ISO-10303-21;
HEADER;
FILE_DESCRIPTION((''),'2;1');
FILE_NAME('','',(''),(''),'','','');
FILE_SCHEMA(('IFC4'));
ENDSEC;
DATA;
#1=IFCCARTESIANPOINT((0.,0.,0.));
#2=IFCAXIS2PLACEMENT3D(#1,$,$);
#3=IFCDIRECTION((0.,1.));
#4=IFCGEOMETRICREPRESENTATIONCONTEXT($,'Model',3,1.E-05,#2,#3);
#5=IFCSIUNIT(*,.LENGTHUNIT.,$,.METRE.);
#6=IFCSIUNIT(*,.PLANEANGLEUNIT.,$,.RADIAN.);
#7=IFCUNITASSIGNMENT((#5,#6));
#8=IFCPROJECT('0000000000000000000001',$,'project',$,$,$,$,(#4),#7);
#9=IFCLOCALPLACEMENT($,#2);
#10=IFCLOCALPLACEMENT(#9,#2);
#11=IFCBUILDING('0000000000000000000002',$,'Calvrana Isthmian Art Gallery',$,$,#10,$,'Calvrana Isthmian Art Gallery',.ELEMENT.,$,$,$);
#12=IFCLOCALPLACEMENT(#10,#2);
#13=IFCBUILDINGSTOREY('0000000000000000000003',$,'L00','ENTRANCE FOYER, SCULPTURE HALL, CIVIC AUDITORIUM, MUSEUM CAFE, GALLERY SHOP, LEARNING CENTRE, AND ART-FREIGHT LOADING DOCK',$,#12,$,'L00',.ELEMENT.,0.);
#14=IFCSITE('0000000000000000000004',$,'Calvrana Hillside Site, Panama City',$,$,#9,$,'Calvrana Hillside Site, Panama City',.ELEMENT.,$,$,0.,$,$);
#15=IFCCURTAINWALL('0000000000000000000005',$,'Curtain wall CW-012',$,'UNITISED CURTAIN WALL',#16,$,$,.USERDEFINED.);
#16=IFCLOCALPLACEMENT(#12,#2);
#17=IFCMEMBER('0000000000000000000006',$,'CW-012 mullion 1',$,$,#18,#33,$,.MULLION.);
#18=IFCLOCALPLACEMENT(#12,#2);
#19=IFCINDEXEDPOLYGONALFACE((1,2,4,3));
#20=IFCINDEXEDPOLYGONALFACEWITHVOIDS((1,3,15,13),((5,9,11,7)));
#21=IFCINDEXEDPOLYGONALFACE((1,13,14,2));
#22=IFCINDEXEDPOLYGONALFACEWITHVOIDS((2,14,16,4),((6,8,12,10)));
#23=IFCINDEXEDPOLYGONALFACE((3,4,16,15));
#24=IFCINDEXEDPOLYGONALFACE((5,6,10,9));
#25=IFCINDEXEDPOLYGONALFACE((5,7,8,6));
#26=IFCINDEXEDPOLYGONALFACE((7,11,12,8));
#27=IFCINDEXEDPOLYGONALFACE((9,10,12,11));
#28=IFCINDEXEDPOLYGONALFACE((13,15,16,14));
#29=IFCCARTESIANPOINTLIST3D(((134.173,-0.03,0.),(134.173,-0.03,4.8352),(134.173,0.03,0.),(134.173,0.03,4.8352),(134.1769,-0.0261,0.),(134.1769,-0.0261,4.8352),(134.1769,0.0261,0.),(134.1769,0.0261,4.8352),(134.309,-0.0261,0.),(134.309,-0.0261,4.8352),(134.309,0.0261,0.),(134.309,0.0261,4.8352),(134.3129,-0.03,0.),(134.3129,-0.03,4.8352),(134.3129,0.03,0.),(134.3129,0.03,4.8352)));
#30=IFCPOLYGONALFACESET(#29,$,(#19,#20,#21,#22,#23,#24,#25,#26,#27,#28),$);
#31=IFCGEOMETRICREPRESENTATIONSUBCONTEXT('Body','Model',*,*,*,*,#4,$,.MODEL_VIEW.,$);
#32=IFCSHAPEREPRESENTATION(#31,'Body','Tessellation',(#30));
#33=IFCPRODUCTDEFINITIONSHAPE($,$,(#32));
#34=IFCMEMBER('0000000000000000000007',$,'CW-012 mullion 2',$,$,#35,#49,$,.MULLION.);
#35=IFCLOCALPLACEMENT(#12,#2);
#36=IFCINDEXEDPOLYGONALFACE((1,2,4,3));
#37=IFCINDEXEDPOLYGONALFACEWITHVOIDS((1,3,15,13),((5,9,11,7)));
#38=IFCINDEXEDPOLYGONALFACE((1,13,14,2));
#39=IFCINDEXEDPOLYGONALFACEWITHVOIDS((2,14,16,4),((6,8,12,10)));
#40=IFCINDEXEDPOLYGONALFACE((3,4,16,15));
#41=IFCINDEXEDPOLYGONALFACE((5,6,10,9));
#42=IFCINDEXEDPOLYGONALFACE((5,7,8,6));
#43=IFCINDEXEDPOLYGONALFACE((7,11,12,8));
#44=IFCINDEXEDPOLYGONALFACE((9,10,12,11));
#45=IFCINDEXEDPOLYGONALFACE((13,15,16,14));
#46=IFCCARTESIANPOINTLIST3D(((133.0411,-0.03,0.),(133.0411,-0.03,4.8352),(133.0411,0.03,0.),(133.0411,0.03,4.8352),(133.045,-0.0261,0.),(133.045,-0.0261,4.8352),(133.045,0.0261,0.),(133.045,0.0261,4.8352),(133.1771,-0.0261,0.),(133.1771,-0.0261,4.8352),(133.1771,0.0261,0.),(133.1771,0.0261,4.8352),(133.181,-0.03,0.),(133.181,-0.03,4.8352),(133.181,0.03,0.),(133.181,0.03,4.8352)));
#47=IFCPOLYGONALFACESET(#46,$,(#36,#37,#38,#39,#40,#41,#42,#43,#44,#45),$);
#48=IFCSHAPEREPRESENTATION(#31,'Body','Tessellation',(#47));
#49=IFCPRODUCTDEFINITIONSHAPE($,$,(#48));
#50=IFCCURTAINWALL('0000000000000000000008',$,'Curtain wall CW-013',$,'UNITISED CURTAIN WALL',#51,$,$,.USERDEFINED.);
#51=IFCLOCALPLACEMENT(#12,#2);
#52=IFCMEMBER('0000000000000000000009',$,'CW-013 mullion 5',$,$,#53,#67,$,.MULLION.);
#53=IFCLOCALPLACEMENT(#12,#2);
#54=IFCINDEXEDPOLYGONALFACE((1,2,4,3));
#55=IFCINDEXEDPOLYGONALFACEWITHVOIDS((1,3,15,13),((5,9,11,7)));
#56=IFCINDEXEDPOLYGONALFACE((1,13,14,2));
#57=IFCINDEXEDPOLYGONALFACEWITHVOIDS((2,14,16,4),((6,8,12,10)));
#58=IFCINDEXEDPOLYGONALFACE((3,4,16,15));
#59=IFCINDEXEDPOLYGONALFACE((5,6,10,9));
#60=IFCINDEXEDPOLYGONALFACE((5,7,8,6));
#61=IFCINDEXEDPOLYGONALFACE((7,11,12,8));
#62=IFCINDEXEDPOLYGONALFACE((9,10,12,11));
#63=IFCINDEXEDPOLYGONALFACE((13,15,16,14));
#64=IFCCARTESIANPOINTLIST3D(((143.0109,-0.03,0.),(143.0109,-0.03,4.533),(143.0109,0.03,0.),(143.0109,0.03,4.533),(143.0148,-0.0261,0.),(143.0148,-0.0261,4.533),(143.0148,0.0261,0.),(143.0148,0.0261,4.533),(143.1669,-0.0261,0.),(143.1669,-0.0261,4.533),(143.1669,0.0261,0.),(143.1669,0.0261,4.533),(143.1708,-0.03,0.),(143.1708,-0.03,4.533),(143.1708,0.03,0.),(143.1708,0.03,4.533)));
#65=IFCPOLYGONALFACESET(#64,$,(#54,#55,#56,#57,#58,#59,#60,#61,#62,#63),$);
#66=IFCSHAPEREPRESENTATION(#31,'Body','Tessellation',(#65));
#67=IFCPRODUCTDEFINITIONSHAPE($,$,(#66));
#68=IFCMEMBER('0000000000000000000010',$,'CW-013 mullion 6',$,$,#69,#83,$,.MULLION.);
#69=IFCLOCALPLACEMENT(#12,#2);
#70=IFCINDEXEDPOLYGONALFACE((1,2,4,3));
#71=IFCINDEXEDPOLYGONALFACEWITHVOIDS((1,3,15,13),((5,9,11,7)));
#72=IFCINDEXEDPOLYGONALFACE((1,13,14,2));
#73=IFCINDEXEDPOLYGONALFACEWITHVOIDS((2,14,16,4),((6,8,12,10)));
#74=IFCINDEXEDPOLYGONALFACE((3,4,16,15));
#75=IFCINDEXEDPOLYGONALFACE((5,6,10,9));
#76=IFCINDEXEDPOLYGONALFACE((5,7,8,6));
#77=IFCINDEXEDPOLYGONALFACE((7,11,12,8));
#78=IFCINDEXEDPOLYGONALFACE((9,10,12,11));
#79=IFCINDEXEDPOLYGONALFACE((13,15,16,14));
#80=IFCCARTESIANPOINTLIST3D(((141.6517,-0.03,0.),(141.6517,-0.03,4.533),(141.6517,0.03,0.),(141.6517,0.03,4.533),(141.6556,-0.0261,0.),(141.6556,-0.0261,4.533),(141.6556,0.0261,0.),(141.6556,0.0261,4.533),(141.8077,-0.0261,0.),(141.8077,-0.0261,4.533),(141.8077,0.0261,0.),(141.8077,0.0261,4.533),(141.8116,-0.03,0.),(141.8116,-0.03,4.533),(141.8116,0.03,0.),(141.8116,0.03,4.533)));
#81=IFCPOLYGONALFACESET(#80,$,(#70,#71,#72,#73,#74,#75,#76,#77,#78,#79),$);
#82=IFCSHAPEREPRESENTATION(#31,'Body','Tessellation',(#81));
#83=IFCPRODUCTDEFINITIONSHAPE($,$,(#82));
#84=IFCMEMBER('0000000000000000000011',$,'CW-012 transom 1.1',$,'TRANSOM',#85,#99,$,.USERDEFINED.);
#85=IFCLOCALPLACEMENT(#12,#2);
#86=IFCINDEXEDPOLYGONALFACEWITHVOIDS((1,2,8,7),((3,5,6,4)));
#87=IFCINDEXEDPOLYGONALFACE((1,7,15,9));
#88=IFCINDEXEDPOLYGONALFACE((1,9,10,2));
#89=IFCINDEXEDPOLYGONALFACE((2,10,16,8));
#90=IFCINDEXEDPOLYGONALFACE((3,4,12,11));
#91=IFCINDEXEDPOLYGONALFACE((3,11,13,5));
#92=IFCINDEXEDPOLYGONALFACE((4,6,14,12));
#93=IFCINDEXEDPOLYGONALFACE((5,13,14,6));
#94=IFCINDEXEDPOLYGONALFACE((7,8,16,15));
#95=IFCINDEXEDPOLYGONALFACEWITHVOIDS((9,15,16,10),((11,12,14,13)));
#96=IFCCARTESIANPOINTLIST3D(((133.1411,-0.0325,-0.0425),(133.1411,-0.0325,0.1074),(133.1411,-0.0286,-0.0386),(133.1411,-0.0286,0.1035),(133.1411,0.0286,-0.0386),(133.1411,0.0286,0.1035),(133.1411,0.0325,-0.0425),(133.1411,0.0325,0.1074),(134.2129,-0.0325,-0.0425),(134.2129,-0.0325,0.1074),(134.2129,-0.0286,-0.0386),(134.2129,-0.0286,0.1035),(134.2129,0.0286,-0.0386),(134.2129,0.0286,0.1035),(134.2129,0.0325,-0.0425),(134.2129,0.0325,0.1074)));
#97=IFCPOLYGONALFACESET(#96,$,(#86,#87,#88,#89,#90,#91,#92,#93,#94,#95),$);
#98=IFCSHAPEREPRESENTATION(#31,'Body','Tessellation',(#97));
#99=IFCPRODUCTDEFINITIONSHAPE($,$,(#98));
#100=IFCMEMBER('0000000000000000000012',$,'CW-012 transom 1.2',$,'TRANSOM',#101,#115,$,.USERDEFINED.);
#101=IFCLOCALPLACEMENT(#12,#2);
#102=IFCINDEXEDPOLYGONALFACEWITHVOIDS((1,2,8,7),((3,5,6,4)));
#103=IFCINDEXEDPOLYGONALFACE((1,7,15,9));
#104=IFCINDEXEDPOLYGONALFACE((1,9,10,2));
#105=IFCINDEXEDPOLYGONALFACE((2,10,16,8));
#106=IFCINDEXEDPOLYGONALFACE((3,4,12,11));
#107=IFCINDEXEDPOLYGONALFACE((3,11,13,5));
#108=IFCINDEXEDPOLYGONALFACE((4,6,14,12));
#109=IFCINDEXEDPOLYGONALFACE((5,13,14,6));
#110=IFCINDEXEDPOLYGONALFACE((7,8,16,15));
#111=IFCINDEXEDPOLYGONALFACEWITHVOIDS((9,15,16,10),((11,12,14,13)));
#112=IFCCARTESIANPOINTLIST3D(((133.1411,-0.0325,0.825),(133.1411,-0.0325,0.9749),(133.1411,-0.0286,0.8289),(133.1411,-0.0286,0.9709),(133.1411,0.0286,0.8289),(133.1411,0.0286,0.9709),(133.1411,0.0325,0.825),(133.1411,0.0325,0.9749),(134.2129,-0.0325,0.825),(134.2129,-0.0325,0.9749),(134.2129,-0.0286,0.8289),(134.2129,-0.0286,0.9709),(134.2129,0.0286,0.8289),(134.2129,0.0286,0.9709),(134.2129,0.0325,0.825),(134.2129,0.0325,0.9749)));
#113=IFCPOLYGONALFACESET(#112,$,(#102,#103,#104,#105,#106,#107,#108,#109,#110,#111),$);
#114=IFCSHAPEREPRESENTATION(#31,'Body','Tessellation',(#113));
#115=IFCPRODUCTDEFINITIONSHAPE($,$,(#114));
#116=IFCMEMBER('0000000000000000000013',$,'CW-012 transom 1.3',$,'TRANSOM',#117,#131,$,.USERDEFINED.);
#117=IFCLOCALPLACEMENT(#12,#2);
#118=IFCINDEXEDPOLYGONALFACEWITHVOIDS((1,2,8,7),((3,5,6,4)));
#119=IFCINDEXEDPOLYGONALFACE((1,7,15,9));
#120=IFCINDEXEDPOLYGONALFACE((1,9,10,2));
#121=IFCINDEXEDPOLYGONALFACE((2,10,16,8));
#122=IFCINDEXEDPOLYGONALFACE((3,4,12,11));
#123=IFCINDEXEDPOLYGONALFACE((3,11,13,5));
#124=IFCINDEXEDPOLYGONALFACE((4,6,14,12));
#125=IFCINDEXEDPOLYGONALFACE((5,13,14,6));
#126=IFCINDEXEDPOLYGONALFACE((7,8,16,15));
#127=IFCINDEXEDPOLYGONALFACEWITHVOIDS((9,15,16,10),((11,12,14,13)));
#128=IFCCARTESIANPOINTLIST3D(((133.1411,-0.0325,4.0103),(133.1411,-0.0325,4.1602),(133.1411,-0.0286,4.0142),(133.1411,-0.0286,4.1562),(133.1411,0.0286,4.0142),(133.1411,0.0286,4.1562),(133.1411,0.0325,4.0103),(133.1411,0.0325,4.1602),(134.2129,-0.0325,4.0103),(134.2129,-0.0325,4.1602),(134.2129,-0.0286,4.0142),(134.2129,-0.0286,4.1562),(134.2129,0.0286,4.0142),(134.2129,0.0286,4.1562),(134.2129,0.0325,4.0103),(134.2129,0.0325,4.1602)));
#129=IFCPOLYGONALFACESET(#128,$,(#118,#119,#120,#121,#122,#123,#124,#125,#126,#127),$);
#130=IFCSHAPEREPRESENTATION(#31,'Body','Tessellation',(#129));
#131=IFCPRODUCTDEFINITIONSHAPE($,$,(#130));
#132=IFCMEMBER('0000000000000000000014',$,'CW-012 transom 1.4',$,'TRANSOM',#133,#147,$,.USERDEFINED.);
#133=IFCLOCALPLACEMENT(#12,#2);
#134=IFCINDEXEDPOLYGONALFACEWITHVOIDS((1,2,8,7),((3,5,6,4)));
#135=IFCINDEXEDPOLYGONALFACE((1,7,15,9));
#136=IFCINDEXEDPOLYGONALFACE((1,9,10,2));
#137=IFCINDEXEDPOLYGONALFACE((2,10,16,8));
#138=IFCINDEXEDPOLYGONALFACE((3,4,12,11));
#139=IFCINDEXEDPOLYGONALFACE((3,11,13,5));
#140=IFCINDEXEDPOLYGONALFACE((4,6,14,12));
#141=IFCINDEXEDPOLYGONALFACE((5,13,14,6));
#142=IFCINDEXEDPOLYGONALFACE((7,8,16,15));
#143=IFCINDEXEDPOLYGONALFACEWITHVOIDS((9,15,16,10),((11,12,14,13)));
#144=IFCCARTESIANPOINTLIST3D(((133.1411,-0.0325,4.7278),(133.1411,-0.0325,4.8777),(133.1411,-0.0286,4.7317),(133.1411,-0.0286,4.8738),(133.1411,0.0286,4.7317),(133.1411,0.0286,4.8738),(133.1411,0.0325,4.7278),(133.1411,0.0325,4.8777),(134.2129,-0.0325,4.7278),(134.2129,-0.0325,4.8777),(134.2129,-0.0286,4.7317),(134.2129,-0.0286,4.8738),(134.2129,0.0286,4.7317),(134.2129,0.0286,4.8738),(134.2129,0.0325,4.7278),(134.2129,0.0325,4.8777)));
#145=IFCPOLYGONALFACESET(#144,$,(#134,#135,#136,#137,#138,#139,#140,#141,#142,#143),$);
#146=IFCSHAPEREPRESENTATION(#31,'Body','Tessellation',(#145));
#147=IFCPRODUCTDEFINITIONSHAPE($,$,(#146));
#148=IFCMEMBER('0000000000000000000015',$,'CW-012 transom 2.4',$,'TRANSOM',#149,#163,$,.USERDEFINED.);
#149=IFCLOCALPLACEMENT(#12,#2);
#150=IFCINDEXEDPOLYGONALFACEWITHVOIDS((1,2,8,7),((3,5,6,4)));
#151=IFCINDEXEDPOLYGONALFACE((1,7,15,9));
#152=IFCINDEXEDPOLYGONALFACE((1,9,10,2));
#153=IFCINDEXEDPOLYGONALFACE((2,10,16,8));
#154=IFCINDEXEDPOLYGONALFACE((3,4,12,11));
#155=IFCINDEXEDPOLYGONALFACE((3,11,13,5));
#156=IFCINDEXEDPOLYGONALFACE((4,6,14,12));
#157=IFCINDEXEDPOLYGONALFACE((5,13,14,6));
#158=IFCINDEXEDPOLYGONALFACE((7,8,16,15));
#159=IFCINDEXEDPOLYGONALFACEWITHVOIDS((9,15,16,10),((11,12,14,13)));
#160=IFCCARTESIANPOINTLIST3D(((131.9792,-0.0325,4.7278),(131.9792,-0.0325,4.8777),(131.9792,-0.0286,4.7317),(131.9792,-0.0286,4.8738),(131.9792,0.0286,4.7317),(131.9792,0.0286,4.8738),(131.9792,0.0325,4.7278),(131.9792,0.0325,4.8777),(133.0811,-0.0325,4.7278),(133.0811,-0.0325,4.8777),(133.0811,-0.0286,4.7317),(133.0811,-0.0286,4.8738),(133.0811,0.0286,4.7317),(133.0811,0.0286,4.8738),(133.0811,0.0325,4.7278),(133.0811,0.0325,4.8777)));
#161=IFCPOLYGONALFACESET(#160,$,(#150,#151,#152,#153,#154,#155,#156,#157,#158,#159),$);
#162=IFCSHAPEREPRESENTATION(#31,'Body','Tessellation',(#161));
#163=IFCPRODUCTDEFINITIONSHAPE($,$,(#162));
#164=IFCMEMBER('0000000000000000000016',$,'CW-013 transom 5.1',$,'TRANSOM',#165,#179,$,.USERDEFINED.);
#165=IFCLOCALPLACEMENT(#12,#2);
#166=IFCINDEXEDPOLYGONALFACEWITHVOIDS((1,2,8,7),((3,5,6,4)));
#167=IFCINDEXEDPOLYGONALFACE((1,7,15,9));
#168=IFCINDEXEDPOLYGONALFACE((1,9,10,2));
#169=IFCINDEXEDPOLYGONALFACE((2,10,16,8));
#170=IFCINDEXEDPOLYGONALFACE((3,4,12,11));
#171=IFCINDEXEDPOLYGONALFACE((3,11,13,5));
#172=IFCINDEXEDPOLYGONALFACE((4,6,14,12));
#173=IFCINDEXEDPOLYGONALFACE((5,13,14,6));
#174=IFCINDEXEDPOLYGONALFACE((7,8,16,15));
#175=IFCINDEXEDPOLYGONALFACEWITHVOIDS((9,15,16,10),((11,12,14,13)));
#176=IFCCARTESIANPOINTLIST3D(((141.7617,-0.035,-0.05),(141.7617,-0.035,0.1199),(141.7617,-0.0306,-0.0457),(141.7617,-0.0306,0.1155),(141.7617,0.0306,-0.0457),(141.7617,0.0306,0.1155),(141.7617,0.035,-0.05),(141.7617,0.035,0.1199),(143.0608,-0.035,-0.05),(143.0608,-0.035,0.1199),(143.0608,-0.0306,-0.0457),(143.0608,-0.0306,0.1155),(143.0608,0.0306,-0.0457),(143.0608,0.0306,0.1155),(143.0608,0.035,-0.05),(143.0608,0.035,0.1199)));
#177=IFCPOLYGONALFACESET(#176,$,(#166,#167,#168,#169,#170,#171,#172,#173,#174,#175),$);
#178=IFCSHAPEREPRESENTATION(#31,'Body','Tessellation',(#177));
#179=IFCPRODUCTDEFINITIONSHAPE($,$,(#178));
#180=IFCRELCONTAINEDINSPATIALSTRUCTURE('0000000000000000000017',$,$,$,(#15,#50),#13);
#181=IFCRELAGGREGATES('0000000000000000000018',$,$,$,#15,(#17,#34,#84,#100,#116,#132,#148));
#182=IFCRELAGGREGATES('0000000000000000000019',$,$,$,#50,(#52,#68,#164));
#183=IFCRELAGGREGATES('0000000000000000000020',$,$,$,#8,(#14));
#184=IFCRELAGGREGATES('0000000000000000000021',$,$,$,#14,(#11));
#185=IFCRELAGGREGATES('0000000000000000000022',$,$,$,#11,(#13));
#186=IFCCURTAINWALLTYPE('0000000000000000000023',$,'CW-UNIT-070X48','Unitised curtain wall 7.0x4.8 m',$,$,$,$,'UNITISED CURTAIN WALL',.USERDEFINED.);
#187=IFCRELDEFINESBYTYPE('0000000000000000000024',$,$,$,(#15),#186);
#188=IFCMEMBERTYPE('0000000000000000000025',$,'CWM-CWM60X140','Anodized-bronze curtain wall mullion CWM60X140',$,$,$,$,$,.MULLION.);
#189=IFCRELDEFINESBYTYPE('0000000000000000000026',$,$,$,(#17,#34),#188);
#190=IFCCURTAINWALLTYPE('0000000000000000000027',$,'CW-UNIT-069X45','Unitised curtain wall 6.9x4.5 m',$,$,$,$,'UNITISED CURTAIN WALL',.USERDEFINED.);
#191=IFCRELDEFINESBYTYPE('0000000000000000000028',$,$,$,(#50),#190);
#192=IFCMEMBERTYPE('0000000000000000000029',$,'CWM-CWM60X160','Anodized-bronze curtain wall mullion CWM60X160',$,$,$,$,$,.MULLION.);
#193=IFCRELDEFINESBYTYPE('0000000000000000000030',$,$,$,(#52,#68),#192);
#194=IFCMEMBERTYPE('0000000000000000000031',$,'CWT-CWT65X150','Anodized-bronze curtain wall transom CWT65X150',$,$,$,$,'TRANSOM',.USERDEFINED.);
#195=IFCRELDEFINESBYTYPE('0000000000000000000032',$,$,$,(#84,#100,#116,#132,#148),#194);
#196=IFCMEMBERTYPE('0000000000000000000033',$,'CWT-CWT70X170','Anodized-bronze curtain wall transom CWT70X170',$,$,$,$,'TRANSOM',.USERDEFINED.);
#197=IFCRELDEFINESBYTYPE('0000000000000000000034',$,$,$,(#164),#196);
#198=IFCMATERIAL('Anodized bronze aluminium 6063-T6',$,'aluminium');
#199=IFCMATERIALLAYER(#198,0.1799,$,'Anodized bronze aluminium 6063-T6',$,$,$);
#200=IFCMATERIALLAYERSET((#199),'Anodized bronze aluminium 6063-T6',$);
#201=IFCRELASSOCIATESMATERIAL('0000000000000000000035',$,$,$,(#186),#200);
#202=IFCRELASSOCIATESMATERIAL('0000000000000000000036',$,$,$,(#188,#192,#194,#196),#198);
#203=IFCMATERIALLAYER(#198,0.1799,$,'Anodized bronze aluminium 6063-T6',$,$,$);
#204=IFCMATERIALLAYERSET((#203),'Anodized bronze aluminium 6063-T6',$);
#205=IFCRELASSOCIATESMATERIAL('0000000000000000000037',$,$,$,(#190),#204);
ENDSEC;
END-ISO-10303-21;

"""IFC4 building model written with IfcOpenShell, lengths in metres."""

from ifc_helpers import new_model, si_unit, direction, frame, origin, origin_2d, place, context, subcontext, project, spatial, hollow_rectangle, extrude, material, layer, layer_set, material_profile, profile_set, type_object, element, aggregate, save


model = new_model("IFC4")

# Units and contexts
model_context = context("Model", 3, precision=1e-05, world=origin(), true_north=direction((0.0, 1.0)))
body_context = subcontext(model_context, "Body", "Model", "MODEL_VIEW")
ifc_project = project(units=[si_unit("LENGTHUNIT", "METRE"), si_unit("PLANEANGLEUNIT", "RADIAN")], contexts=[model_context])

# Site, building, storey
site_placement = place(None, origin())
site = spatial("IfcSite", under=ifc_project, at=site_placement, Name="Calvrana Hillside Site, Panama City", LongName="Calvrana Hillside Site, Panama City", CompositionType="ELEMENT", RefElevation=0.0)
building_placement = place(site_placement, origin())
building = spatial("IfcBuilding", under=site, at=building_placement, Name="Calvrana Isthmian Art Gallery", LongName="Calvrana Isthmian Art Gallery", CompositionType="ELEMENT")
storey_placement = place(building_placement, origin())
storey = spatial("IfcBuildingStorey", under=building, at=storey_placement, Name="L00", Description="ENTRANCE FOYER, SCULPTURE HALL, CIVIC AUDITORIUM, MUSEUM CAFE, GALLERY SHOP, LEARNING CENTRE, AND ART-FREIGHT LOADING DOCK", LongName="L00", CompositionType="ELEMENT", Elevation=0.0)

# Curtain walls, members
ifc_material_1 = material(Name="Anodized bronze aluminium 6063-T6", Category="aluminium")
ifc_layer_1 = layer(ifc_material_1, 0.1799, Name="Anodized bronze aluminium 6063-T6")
ifc_layer_set_1 = layer_set([ifc_layer_1], Name="Anodized bronze aluminium 6063-T6")
curtain_wall_type_1 = type_object("IfcCurtainWallType", Name="CW-UNIT-070X48", Description="Unitised curtain wall 7.0x4.8 m", ElementType="UNITISED CURTAIN WALL", PredefinedType="USERDEFINED", material=ifc_layer_set_1)
curtain_wall_1_placement = place(storey_placement, origin())
curtain_wall_1 = element("IfcCurtainWall", 1, at=curtain_wall_1_placement, inside=storey, type_object=curtain_wall_type_1, Name="Curtain wall CW-012", ObjectType="UNITISED CURTAIN WALL", PredefinedType="USERDEFINED")
ifc_material_profile_1 = material_profile(ifc_material_1, hollow_rectangle(XDim=0.0601, YDim=0.1399, WallThickness=0.0039, at=origin_2d()), Name="CWM60X140")
ifc_profile_set_1 = profile_set([ifc_material_profile_1], Name="Anodized bronze aluminium 6063-T6")
member_type_1 = type_object("IfcMemberType", Name="CWM-CWM60X140", Description="Anodized-bronze curtain wall mullion CWM60X140", PredefinedType="MULLION", material=ifc_profile_set_1)
member_1_placement = place(storey_placement, frame((134.2429, 0.0, 0.0), z_axis=(0.0, 0.0, 1.0), x_axis=(0.0, -1.0, 0.0)))
member_1 = element("IfcMember", 2, at=member_1_placement, type_object=member_type_1, Name="CW-012 mullion 1", PredefinedType="MULLION", context=body_context, shape_type="SweptSolid", body=[
    extrude(hollow_rectangle(XDim=0.0601, YDim=0.1399, WallThickness=0.0039, at=origin_2d()), origin(), (0.0, 0.0, 1.0), 4.8352),
])
member_2_placement = place(storey_placement, frame((133.1111, 0.0, 0.0), z_axis=(0.0, 0.0, 1.0), x_axis=(0.0, -1.0, 0.0)))
member_2 = element("IfcMember", 3, at=member_2_placement, type_object=member_type_1, Name="CW-012 mullion 2", PredefinedType="MULLION", context=body_context, shape_type="SweptSolid", body=[
    extrude(hollow_rectangle(XDim=0.0601, YDim=0.1399, WallThickness=0.0039, at=origin_2d()), origin(), (0.0, 0.0, 1.0), 4.8352),
])
ifc_layer_2 = layer(ifc_material_1, 0.1799, Name="Anodized bronze aluminium 6063-T6")
ifc_layer_set_2 = layer_set([ifc_layer_2], Name="Anodized bronze aluminium 6063-T6")
curtain_wall_type_2 = type_object("IfcCurtainWallType", Name="CW-UNIT-069X45", Description="Unitised curtain wall 6.9x4.5 m", ElementType="UNITISED CURTAIN WALL", PredefinedType="USERDEFINED", material=ifc_layer_set_2)
curtain_wall_2_placement = place(storey_placement, origin())
curtain_wall_2 = element("IfcCurtainWall", 4, at=curtain_wall_2_placement, inside=storey, type_object=curtain_wall_type_2, Name="Curtain wall CW-013", ObjectType="UNITISED CURTAIN WALL", PredefinedType="USERDEFINED")
ifc_material_profile_2 = material_profile(ifc_material_1, hollow_rectangle(XDim=0.0601, YDim=0.1599, WallThickness=0.0039, at=origin_2d()), Name="CWM60X160")
ifc_profile_set_2 = profile_set([ifc_material_profile_2], Name="Anodized bronze aluminium 6063-T6")
member_type_2 = type_object("IfcMemberType", Name="CWM-CWM60X160", Description="Anodized-bronze curtain wall mullion CWM60X160", PredefinedType="MULLION", material=ifc_profile_set_2)
member_3_placement = place(storey_placement, frame((143.0908, 0.0, 0.0), z_axis=(0.0, 0.0, 1.0), x_axis=(0.0, -1.0, 0.0)))
member_3 = element("IfcMember", 5, at=member_3_placement, type_object=member_type_2, Name="CW-013 mullion 5", PredefinedType="MULLION", context=body_context, shape_type="SweptSolid", body=[
    extrude(hollow_rectangle(XDim=0.0601, YDim=0.1599, WallThickness=0.0039, at=origin_2d()), origin(), (0.0, 0.0, 1.0), 4.533),
])
member_4_placement = place(storey_placement, frame((141.7317, 0.0, 0.0), z_axis=(0.0, 0.0, 1.0), x_axis=(0.0, -1.0, 0.0)))
member_4 = element("IfcMember", 6, at=member_4_placement, type_object=member_type_2, Name="CW-013 mullion 6", PredefinedType="MULLION", context=body_context, shape_type="SweptSolid", body=[
    extrude(hollow_rectangle(XDim=0.0601, YDim=0.1599, WallThickness=0.0039, at=origin_2d()), origin(), (0.0, 0.0, 1.0), 4.533),
])

# Members
ifc_material_profile_3 = material_profile(ifc_material_1, hollow_rectangle(XDim=0.0649, YDim=0.1499, WallThickness=0.0039, at=origin_2d()), Name="CWT65X150")
ifc_profile_set_3 = profile_set([ifc_material_profile_3], Name="Anodized bronze aluminium 6063-T6")
member_type_3 = type_object("IfcMemberType", Name="CWT-CWT65X150", Description="Anodized-bronze curtain wall transom CWT65X150", ElementType="TRANSOM", PredefinedType="USERDEFINED", material=ifc_profile_set_3)
member_5_placement = place(storey_placement, frame((134.2129, 0.0, 0.0325), z_axis=(-1.0, 0.0, 0.0), x_axis=(0.0, -1.0, 0.0)))
member_5 = element("IfcMember", 7, at=member_5_placement, type_object=member_type_3, Name="CW-012 transom 1.1", ObjectType="TRANSOM", PredefinedType="USERDEFINED", context=body_context, shape_type="SweptSolid", body=[
    extrude(hollow_rectangle(XDim=0.0649, YDim=0.1499, WallThickness=0.0039, at=origin_2d()), origin(), (0.0, 0.0, 1.0), 1.0718),
])
member_6_placement = place(storey_placement, frame((134.2129, 0.0, 0.8999), z_axis=(-1.0, 0.0, 0.0), x_axis=(0.0, -1.0, 0.0)))
member_6 = element("IfcMember", 8, at=member_6_placement, type_object=member_type_3, Name="CW-012 transom 1.2", ObjectType="TRANSOM", PredefinedType="USERDEFINED", context=body_context, shape_type="SweptSolid", body=[
    extrude(hollow_rectangle(XDim=0.0649, YDim=0.1499, WallThickness=0.0039, at=origin_2d()), origin(), (0.0, 0.0, 1.0), 1.0718),
])
member_7_placement = place(storey_placement, frame((134.2129, 0.0, 4.0852), z_axis=(-1.0, 0.0, 0.0), x_axis=(0.0, -1.0, 0.0)))
member_7 = element("IfcMember", 9, at=member_7_placement, type_object=member_type_3, Name="CW-012 transom 1.3", ObjectType="TRANSOM", PredefinedType="USERDEFINED", context=body_context, shape_type="SweptSolid", body=[
    extrude(hollow_rectangle(XDim=0.0649, YDim=0.1499, WallThickness=0.0039, at=origin_2d()), origin(), (0.0, 0.0, 1.0), 1.0718),
])
member_8_placement = place(storey_placement, frame((134.2129, 0.0, 4.8027), z_axis=(-1.0, 0.0, 0.0), x_axis=(0.0, -1.0, 0.0)))
member_8 = element("IfcMember", 10, at=member_8_placement, type_object=member_type_3, Name="CW-012 transom 1.4", ObjectType="TRANSOM", PredefinedType="USERDEFINED", context=body_context, shape_type="SweptSolid", body=[
    extrude(hollow_rectangle(XDim=0.0649, YDim=0.1499, WallThickness=0.0039, at=origin_2d()), origin(), (0.0, 0.0, 1.0), 1.0718),
])
member_9_placement = place(storey_placement, frame((133.0811, 0.0, 4.8027), z_axis=(-1.0, 0.0, 0.0), x_axis=(0.0, -1.0, 0.0)))
member_9 = element("IfcMember", 11, at=member_9_placement, type_object=member_type_3, Name="CW-012 transom 2.4", ObjectType="TRANSOM", PredefinedType="USERDEFINED", context=body_context, shape_type="SweptSolid", body=[
    extrude(hollow_rectangle(XDim=0.0649, YDim=0.1499, WallThickness=0.0039, at=origin_2d()), origin(), (0.0, 0.0, 1.0), 1.1018),
])
ifc_material_profile_4 = material_profile(ifc_material_1, hollow_rectangle(XDim=0.0701, YDim=0.1699, WallThickness=0.0044, at=origin_2d()), Name="CWT70X170")
ifc_profile_set_4 = profile_set([ifc_material_profile_4], Name="Anodized bronze aluminium 6063-T6")
member_type_4 = type_object("IfcMemberType", Name="CWT-CWT70X170", Description="Anodized-bronze curtain wall transom CWT70X170", ElementType="TRANSOM", PredefinedType="USERDEFINED", material=ifc_profile_set_4)
member_10_placement = place(storey_placement, frame((143.0608, 0.0, 0.0349), z_axis=(-1.0, 0.0, 0.0), x_axis=(0.0, -1.0, 0.0)))
member_10 = element("IfcMember", 12, at=member_10_placement, type_object=member_type_4, Name="CW-013 transom 5.1", ObjectType="TRANSOM", PredefinedType="USERDEFINED", context=body_context, shape_type="SweptSolid", body=[
    extrude(hollow_rectangle(XDim=0.0701, YDim=0.1699, WallThickness=0.0044, at=origin_2d()), origin(), (0.0, 0.0, 1.0), 1.2991),
])

aggregate(curtain_wall_1, [member_1, member_2, member_5, member_6, member_7, member_8, member_9])
aggregate(curtain_wall_2, [member_3, member_4, member_10])

save(model, "model.ifc")
